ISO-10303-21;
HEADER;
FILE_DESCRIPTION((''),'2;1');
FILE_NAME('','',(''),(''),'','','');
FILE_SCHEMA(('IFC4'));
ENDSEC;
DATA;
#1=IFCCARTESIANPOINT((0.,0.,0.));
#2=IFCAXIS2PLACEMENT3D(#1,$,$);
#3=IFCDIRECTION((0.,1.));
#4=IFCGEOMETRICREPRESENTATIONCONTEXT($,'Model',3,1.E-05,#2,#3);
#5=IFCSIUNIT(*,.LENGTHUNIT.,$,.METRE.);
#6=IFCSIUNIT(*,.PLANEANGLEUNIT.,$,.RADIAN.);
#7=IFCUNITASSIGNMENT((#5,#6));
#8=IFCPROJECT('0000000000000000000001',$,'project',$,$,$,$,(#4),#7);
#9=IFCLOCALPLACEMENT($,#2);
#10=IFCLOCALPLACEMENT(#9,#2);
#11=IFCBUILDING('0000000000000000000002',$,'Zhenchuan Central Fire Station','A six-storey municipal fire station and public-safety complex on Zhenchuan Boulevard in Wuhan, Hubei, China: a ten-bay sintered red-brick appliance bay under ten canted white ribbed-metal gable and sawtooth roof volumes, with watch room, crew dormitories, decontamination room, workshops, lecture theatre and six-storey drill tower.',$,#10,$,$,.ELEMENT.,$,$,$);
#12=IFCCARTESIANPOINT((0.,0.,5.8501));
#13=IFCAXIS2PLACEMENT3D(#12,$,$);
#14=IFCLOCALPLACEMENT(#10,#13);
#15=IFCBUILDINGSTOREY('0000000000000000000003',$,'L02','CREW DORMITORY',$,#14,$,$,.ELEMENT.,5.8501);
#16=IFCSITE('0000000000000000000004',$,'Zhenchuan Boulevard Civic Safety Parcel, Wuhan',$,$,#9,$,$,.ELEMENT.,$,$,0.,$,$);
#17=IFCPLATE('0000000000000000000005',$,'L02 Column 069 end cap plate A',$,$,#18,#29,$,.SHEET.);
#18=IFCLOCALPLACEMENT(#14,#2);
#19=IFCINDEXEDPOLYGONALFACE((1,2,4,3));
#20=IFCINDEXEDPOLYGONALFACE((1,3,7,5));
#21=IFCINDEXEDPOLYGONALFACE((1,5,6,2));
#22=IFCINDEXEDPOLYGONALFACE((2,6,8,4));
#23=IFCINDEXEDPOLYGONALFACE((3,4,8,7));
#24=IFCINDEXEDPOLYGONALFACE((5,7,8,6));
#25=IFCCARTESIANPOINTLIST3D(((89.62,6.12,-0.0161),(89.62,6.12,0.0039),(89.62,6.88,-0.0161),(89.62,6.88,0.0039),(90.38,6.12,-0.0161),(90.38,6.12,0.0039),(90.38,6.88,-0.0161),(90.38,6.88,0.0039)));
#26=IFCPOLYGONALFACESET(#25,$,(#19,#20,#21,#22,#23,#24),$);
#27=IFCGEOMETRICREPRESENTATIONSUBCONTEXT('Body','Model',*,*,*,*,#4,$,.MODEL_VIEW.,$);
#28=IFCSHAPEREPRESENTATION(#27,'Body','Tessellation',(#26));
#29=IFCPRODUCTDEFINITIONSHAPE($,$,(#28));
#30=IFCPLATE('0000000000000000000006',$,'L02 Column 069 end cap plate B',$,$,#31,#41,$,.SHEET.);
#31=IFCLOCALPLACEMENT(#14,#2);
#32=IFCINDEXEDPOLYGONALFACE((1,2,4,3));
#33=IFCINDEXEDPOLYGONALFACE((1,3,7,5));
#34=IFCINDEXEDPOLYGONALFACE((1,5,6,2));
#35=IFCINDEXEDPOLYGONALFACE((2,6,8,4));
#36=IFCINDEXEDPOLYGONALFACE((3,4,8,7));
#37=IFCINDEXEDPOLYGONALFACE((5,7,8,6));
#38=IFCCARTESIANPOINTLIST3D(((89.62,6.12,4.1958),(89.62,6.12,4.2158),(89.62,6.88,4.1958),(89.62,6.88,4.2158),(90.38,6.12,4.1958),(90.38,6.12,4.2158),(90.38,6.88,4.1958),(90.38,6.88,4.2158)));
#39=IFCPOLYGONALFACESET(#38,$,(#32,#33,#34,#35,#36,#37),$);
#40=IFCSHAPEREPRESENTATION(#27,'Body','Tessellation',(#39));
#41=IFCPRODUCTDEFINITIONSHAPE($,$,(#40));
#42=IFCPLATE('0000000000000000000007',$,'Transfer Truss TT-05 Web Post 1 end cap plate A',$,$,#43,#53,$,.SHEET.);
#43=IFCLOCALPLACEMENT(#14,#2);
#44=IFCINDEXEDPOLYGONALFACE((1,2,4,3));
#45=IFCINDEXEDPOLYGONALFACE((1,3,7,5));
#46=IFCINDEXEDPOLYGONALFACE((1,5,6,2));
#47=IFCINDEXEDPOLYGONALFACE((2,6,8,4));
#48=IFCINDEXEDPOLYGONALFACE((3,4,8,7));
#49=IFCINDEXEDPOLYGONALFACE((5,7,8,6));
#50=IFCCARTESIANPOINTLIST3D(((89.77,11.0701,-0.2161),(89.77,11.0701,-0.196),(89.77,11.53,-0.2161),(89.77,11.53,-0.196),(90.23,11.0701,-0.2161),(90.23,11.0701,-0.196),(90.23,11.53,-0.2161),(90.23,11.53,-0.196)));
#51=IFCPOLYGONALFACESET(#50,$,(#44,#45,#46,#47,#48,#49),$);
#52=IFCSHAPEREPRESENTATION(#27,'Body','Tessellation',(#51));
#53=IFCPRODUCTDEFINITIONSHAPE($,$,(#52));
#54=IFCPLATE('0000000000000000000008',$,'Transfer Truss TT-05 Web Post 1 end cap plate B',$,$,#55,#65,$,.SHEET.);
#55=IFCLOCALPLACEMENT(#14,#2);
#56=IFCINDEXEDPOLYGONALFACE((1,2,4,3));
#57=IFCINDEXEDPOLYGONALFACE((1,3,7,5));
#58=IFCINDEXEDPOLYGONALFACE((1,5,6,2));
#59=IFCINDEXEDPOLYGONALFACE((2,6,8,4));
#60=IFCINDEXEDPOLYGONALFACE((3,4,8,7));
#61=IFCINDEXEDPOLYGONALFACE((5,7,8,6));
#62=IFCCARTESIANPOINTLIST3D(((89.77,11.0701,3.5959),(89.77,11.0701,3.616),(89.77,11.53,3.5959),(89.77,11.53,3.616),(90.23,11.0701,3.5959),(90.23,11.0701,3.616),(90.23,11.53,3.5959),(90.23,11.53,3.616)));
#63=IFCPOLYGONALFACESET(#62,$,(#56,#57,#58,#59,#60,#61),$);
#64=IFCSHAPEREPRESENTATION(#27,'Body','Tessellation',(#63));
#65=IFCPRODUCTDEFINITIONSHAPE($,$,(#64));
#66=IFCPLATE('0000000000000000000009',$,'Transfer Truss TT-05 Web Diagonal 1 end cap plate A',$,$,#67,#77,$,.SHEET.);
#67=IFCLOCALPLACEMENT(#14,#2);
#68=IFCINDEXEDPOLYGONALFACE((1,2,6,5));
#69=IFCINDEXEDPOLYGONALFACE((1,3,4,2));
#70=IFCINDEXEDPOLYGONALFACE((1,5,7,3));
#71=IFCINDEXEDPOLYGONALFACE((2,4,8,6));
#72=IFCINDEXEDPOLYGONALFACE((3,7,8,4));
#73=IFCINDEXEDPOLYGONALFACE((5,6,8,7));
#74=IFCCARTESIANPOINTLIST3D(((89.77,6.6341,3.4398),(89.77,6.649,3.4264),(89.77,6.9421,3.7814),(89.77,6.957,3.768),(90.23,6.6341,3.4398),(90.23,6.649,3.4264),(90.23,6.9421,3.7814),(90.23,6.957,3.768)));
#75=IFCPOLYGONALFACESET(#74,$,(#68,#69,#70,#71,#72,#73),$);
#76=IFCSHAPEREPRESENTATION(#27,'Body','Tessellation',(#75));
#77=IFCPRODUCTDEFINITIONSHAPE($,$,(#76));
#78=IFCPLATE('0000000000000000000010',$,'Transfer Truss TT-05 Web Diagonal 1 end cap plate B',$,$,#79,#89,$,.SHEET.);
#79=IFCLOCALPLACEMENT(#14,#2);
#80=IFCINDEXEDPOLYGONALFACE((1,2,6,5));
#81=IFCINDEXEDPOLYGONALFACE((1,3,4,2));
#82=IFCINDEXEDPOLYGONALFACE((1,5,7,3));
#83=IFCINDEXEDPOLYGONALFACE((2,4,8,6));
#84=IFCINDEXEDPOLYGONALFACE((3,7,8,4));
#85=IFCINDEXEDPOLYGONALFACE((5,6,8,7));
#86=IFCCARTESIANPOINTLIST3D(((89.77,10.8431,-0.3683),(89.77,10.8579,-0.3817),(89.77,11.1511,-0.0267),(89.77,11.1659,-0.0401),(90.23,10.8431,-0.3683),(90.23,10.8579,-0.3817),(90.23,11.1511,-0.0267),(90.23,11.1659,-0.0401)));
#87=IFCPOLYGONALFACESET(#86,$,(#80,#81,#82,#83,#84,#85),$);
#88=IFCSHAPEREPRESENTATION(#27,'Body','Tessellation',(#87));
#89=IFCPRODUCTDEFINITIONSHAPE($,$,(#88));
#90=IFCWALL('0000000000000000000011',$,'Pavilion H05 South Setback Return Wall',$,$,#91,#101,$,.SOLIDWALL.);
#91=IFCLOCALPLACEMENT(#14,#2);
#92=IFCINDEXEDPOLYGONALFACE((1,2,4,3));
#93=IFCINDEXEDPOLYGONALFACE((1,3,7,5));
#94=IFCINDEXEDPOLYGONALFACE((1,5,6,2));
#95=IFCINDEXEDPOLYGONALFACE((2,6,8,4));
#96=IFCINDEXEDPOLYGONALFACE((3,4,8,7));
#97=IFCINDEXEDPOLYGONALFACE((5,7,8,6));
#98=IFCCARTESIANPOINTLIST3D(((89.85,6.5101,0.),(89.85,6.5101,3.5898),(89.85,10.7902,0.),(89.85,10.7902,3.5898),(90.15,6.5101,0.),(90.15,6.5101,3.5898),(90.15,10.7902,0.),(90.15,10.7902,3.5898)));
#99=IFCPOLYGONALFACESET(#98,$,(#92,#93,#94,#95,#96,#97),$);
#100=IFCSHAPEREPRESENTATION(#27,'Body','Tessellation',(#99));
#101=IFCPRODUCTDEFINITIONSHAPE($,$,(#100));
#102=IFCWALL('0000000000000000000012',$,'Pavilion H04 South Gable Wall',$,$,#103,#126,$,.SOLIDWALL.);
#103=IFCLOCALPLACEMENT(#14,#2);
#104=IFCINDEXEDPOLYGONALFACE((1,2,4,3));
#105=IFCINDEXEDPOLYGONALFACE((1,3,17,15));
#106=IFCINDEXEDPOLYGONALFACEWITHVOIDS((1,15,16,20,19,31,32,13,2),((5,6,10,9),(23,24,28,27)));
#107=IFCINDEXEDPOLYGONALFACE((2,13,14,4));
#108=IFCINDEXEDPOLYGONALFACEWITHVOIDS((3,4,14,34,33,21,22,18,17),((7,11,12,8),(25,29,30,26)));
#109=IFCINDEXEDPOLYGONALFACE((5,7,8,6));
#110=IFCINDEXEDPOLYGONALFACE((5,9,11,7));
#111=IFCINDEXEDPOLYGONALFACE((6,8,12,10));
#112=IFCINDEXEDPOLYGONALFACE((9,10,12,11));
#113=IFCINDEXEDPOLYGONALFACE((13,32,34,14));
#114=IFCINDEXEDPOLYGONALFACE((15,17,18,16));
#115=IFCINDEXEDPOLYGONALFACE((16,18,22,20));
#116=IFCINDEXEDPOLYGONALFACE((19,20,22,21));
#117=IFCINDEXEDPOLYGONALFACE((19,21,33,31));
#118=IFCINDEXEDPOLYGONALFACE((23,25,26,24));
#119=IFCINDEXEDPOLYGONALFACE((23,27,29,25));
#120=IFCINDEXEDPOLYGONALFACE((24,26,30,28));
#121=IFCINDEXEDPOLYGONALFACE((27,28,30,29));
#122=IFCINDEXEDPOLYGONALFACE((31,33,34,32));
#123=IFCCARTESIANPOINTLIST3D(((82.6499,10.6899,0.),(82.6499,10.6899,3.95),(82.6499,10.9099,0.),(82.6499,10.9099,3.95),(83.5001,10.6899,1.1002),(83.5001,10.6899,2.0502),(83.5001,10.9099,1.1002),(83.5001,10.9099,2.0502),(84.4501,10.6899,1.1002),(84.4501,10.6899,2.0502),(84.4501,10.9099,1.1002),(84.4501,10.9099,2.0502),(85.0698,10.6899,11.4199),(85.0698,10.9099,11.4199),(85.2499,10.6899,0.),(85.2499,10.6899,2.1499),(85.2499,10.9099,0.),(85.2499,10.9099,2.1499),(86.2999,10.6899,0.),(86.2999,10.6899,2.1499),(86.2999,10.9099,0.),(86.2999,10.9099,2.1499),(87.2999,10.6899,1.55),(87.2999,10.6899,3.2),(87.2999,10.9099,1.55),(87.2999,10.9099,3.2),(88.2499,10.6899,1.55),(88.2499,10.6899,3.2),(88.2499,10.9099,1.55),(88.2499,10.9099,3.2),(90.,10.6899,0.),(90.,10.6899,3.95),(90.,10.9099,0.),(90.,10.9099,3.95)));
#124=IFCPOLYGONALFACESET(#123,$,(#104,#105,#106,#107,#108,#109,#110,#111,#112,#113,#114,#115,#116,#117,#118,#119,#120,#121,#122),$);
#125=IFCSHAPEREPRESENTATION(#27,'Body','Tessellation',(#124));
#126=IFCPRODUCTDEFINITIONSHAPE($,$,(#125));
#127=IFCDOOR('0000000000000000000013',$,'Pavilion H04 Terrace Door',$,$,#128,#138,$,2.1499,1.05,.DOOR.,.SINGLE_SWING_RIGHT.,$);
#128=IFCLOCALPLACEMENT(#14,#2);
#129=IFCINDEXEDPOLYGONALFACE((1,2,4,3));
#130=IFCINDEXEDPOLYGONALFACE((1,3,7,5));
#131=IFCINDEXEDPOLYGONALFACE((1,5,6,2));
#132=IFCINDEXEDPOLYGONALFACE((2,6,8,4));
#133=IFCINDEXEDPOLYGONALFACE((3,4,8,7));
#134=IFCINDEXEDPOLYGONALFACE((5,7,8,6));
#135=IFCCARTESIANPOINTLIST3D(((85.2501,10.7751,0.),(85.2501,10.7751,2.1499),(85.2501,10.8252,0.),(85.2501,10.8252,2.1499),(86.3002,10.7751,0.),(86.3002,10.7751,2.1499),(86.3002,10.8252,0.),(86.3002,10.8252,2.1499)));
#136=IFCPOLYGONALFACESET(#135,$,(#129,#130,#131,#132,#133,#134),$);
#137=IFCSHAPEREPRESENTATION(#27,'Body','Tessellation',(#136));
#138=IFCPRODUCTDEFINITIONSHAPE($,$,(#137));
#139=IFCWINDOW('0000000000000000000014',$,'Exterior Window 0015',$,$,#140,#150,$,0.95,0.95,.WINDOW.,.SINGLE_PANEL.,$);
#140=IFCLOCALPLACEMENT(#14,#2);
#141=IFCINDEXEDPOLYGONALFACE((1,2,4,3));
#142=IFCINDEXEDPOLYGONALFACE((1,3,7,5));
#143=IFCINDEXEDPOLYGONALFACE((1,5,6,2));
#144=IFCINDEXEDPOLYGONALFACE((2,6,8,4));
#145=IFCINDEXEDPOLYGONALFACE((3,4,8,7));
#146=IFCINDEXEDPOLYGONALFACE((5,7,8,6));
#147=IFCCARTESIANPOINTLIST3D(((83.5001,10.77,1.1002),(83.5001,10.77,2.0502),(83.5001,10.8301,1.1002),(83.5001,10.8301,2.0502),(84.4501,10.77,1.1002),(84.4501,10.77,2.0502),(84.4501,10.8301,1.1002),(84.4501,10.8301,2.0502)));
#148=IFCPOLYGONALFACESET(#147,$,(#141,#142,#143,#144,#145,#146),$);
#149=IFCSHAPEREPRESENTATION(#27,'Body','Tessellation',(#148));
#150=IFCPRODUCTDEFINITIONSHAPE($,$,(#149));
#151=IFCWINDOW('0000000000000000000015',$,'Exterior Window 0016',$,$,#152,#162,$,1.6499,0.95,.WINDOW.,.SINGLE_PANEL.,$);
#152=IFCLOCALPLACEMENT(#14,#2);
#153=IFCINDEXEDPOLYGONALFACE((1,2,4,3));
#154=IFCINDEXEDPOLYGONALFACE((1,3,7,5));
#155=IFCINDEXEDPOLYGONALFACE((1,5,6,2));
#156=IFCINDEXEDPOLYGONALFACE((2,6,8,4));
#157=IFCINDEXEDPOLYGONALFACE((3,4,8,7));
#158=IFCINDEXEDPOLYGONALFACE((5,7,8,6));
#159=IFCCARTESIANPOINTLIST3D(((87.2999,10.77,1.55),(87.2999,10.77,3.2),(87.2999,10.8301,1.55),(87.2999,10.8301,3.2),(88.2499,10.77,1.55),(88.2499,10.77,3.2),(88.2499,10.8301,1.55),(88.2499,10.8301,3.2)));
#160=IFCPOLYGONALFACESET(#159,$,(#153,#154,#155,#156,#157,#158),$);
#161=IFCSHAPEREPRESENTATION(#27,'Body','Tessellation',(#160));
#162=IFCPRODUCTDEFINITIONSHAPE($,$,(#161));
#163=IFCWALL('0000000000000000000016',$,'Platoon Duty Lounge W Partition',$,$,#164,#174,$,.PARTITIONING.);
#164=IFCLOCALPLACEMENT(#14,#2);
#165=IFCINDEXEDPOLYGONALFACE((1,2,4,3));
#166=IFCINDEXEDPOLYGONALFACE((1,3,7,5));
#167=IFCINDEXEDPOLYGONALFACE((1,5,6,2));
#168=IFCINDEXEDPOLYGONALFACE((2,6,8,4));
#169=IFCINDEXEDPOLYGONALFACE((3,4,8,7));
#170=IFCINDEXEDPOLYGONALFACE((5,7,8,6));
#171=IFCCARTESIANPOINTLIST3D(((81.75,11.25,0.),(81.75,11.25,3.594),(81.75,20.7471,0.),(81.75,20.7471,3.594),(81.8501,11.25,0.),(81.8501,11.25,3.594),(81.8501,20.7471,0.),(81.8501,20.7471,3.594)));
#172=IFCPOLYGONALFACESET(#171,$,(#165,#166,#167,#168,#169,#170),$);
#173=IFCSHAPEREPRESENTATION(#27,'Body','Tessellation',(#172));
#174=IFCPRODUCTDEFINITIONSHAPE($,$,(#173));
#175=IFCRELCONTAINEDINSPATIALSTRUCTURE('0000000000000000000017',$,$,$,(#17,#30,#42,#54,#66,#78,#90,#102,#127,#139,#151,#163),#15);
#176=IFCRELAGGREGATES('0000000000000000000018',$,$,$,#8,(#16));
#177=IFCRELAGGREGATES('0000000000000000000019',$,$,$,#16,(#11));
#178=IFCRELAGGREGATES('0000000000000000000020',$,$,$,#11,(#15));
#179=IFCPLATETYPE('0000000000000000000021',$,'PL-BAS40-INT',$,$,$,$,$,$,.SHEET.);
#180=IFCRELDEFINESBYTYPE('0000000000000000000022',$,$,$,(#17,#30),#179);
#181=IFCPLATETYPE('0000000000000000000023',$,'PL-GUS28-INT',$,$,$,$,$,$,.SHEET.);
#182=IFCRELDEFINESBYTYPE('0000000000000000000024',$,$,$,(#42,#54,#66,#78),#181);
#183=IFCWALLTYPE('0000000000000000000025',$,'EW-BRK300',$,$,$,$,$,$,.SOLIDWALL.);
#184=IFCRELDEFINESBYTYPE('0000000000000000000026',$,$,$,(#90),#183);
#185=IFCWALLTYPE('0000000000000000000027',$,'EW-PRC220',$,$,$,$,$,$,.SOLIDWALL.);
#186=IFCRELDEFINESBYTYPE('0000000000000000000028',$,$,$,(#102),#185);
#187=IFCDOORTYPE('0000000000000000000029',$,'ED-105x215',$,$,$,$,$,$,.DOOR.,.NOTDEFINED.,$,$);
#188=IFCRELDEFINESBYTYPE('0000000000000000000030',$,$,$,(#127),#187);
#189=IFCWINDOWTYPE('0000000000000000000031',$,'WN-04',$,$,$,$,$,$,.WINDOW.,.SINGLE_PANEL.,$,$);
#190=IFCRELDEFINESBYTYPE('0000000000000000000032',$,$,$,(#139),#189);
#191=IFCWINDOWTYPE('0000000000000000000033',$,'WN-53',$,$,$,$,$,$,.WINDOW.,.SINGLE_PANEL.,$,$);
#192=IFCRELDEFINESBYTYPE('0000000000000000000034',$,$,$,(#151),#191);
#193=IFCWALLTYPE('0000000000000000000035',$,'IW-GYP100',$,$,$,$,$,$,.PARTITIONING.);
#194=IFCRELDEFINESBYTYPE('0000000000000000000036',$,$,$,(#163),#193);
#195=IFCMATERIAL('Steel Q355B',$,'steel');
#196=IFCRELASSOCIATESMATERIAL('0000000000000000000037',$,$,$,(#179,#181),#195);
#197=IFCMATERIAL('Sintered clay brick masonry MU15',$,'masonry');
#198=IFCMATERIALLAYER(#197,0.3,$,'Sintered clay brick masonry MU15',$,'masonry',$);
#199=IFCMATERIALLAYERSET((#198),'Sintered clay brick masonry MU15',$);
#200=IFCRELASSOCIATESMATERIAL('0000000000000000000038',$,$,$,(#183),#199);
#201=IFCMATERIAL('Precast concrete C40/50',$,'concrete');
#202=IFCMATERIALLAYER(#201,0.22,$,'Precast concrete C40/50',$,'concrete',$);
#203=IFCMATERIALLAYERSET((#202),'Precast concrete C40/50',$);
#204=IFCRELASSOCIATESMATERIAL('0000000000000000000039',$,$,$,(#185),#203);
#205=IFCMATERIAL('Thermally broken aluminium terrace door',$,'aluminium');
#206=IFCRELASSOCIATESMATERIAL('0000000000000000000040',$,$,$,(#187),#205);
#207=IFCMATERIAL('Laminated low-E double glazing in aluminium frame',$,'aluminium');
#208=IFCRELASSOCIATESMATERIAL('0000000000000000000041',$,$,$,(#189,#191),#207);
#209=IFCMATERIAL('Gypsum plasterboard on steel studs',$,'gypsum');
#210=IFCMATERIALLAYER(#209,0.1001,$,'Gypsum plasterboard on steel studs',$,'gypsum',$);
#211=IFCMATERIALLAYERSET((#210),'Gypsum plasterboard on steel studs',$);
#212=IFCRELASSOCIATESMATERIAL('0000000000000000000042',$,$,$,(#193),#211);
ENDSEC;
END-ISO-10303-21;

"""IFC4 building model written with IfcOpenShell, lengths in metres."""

from ifc_helpers import new_model, si_unit, direction, frame, frame_2d, origin, origin_2d, place, context, subcontext, project, spatial, polyline, rectangle, outline, extrude, material, layer, layer_set, material_profile, profile_set, type_object, element, fill, save


model = new_model("IFC4")

# Units and contexts
model_context = context("Model", 3, precision=1e-05, world=origin(), true_north=direction((0.0, 1.0)))
body_context = subcontext(model_context, "Body", "Model", "MODEL_VIEW")
ifc_project = project(units=[si_unit("LENGTHUNIT", "METRE"), si_unit("PLANEANGLEUNIT", "RADIAN")], contexts=[model_context])

# Site, building, storey
site_placement = place(None, origin())
site = spatial("IfcSite", under=ifc_project, at=site_placement, Name="Zhenchuan Boulevard Civic Safety Parcel, Wuhan", CompositionType="ELEMENT", RefElevation=0.0)
building_placement = place(site_placement, origin())
building = spatial("IfcBuilding", under=site, at=building_placement, Name="Zhenchuan Central Fire Station", Description="A six-storey municipal fire station and public-safety complex on Zhenchuan Boulevard in Wuhan, Hubei, China: a ten-bay sintered red-brick appliance bay under ten canted white ribbed-metal gable and sawtooth roof volumes, with watch room, crew dormitories, decontamination room, workshops, lecture theatre and six-storey drill tower.", CompositionType="ELEMENT")
storey_placement = place(building_placement, frame((0.0, 0.0, 5.8501)))
storey = spatial("IfcBuildingStorey", under=building, at=storey_placement, Name="L02", Description="CREW DORMITORY", CompositionType="ELEMENT", Elevation=5.8501)

# Shared definitions
ifc_material_1 = material(Name="Steel Q355B", Category="steel")

# Plates
ifc_material_profile_1 = material_profile(ifc_material_1, rectangle(XDim=0.76, YDim=0.76, at=origin_2d()), Name="PL 760x760x40")
ifc_profile_set_1 = profile_set([ifc_material_profile_1], Name="Steel Q355B")
plate_type_1 = type_object("IfcPlateType", Name="PL-BAS40-INT", PredefinedType="SHEET", material=ifc_profile_set_1)
for number, where, z_axis, x_axis, name in (
    (1, (90.0, 6.5, -0.0161), (0.0, 0.0, 1.0), (1.0, 0.0, 0.0), "L02 Column 069 end cap plate A"),
    (2, (90.0, 6.5, 4.1958), (0.0, 0.0, 1.0), (1.0, 0.0, 0.0), "L02 Column 069 end cap plate B"),
):
    element("IfcPlate", number, at=place(storey_placement, frame(where, z_axis=z_axis, x_axis=x_axis)), inside=storey, type_object=plate_type_1, Name=name, PredefinedType="SHEET", context=body_context, shape_type="SweptSolid", body=[
        extrude(rectangle(XDim=0.76, YDim=0.76, at=origin_2d()), origin(), (0.0, 0.0, 1.0), 0.02),
    ])
ifc_material_profile_2 = material_profile(ifc_material_1, rectangle(XDim=0.46, YDim=0.46, at=origin_2d()), Name="PL 460x460x28")
ifc_profile_set_2 = profile_set([ifc_material_profile_2], Name="Steel Q355B")
plate_type_2 = type_object("IfcPlateType", Name="PL-GUS28-INT", PredefinedType="SHEET", material=ifc_profile_set_2)
for number, where, z_axis, x_axis, name in (
    (3, (90.0, 11.3, -0.2161), (0.0, 0.0, 1.0), (1.0, 0.0, 0.0), "Transfer Truss TT-05 Web Post 1 end cap plate A"),
    (4, (90.0, 11.3, 3.5959), (0.0, 0.0, 1.0), (1.0, 0.0, 0.0), "Transfer Truss TT-05 Web Post 1 end cap plate B"),
    (5, (90.0, 6.7881, 3.6106), (0.0, 0.742688, -0.669637), (-1.0, 0.0, 0.0), "Transfer Truss TT-05 Web Diagonal 1 end cap plate A"),
    (6, (90.0, 10.9971, -0.1975), (0.0, 0.742688, -0.669637), (-1.0, 0.0, 0.0), "Transfer Truss TT-05 Web Diagonal 1 end cap plate B"),
):
    element("IfcPlate", number, at=place(storey_placement, frame(where, z_axis=z_axis, x_axis=x_axis)), inside=storey, type_object=plate_type_2, Name=name, PredefinedType="SHEET", context=body_context, shape_type="SweptSolid", body=[
        extrude(rectangle(XDim=0.46, YDim=0.46, at=origin_2d()), origin(), (0.0, 0.0, 1.0), 0.02),
    ])

# Wall
ifc_material_2 = material(Name="Sintered clay brick masonry MU15", Category="masonry")
ifc_layer_1 = layer(ifc_material_2, 0.3, Name="Sintered clay brick masonry MU15", Category="masonry")
ifc_layer_set_1 = layer_set([ifc_layer_1], Name="Sintered clay brick masonry MU15")
wall_type_1 = type_object("IfcWallType", Name="EW-BRK300", PredefinedType="SOLIDWALL", material=ifc_layer_set_1)
wall_1_placement = place(storey_placement, frame((90.0, 6.51, 0.0), z_axis=(0.0, 0.0, 1.0), x_axis=(0.0, 1.0, 0.0)))
element("IfcWall", 7, at=wall_1_placement, inside=storey, type_object=wall_type_1, Name="Pavilion H05 South Setback Return Wall", PredefinedType="SOLIDWALL", context=body_context, shape_type="SweptSolid", body=[
    extrude(rectangle(XDim=4.28, YDim=0.3, at=frame_2d((2.1401, 0.0))), origin(), (0.0, 0.0, 1.0), 3.5898),
])

# Wall, openings, door, windows
ifc_material_3 = material(Name="Precast concrete C40/50", Category="concrete")
ifc_layer_2 = layer(ifc_material_3, 0.22, Name="Precast concrete C40/50", Category="concrete")
ifc_layer_set_2 = layer_set([ifc_layer_2], Name="Precast concrete C40/50")
wall_type_2 = type_object("IfcWallType", Name="EW-PRC220", PredefinedType="SOLIDWALL", material=ifc_layer_set_2)
wall_2_placement = place(storey_placement, frame((82.6499, 10.8, 0.0), z_axis=(0.0, 0.0, 1.0), x_axis=(1.0, 0.0, 0.0)))
wall_2 = element("IfcWall", 8, at=wall_2_placement, inside=storey, type_object=wall_type_2, Name="Pavilion H04 South Gable Wall", PredefinedType="SOLIDWALL", context=body_context, shape_type="SweptSolid", body=[
    extrude(outline(polyline([(0.0, 0.0), (7.3501, 0.0), (7.3501, 3.95), (2.4199, 11.4199), (0.0, 3.95), (0.0, 0.0)])), frame((0.0, 0.1099, 0.0), z_axis=(0.0, -1.0, 0.0), x_axis=(1.0, 0.0, 0.0)), (0.0, 0.0, 1.0), 0.22),
])
opening_1_placement = place(wall_2_placement, frame((2.6001, 0.0, 0.0)))
opening_1 = element("IfcOpeningElement", 9, at=opening_1_placement, cuts=wall_2, PredefinedType="OPENING", context=body_context, shape_type="SweptSolid", body=[
    extrude(rectangle(XDim=1.05, YDim=2.1499, at=frame_2d((0.5249, 1.075))), frame((0.0, 0.1199, 0.0), z_axis=(0.0, -1.0, 0.0), x_axis=(1.0, 0.0, 0.0)), (0.0, 0.0, 1.0), 0.24),
])
opening_2_placement = place(wall_2_placement, frame((0.8501, 0.0, 1.1001)))
opening_2 = element("IfcOpeningElement", 10, at=opening_2_placement, cuts=wall_2, PredefinedType="OPENING", context=body_context, shape_type="SweptSolid", body=[
    extrude(rectangle(XDim=0.95, YDim=0.95, at=frame_2d((0.4751, 0.4751))), frame((0.0, 0.1199, 0.0), z_axis=(0.0, -1.0, 0.0), x_axis=(1.0, 0.0, 0.0)), (0.0, 0.0, 1.0), 0.24),
])
opening_3_placement = place(wall_2_placement, frame((4.6499, 0.0, 1.55)))
opening_3 = element("IfcOpeningElement", 11, at=opening_3_placement, cuts=wall_2, PredefinedType="OPENING", context=body_context, shape_type="SweptSolid", body=[
    extrude(rectangle(XDim=0.95, YDim=1.6499, at=frame_2d((0.4751, 0.825))), frame((0.0, 0.1199, 0.0), z_axis=(0.0, -1.0, 0.0), x_axis=(1.0, 0.0, 0.0)), (0.0, 0.0, 1.0), 0.24),
])
ifc_material_4 = material(Name="Thermally broken aluminium terrace door", Category="aluminium")
door_type = type_object("IfcDoorType", Name="ED-105x215", OperationType="NOTDEFINED", PredefinedType="DOOR", material=ifc_material_4)
door_placement = place(opening_1_placement, frame((1.05, 0.0, 0.0), z_axis=(0.0, 0.0, 1.0), x_axis=(-1.0, 0.0, 0.0)))
door = element("IfcDoor", 12, at=door_placement, inside=storey, type_object=door_type, Name="Pavilion H04 Terrace Door", OperationType="SINGLE_SWING_RIGHT", OverallHeight=2.1499, OverallWidth=1.05, PredefinedType="DOOR", context=body_context, shape_type="SweptSolid", body=[
    extrude(rectangle(XDim=1.05, YDim=2.1499, at=frame_2d((0.5249, 1.075))), frame((0.0, 0.0249, 0.0), z_axis=(0.0, -1.0, 0.0), x_axis=(1.0, 0.0, 0.0)), (0.0, 0.0, 1.0), 0.05),
])
fill(opening_1, door)
ifc_material_5 = material(Name="Laminated low-E double glazing in aluminium frame", Category="aluminium")
window_type_1 = type_object("IfcWindowType", Name="WN-04", PartitioningType="SINGLE_PANEL", PredefinedType="WINDOW", material=ifc_material_5)
window_1_placement = place(opening_2_placement, origin())
window_1 = element("IfcWindow", 13, at=window_1_placement, inside=storey, type_object=window_type_1, Name="Exterior Window 0015", OverallHeight=0.95, OverallWidth=0.95, PartitioningType="SINGLE_PANEL", PredefinedType="WINDOW", context=body_context, shape_type="SweptSolid", body=[
    extrude(rectangle(XDim=0.95, YDim=0.95, at=frame_2d((0.4751, 0.4751))), frame((0.0, 0.03, 0.0), z_axis=(0.0, -1.0, 0.0), x_axis=(1.0, 0.0, 0.0)), (0.0, 0.0, 1.0), 0.0601),
])
fill(opening_2, window_1)
window_type_2 = type_object("IfcWindowType", Name="WN-53", PartitioningType="SINGLE_PANEL", PredefinedType="WINDOW", material=ifc_material_5)
window_2_placement = place(opening_3_placement, origin())
window_2 = element("IfcWindow", 14, at=window_2_placement, inside=storey, type_object=window_type_2, Name="Exterior Window 0016", OverallHeight=1.6499, OverallWidth=0.95, PartitioningType="SINGLE_PANEL", PredefinedType="WINDOW", context=body_context, shape_type="SweptSolid", body=[
    extrude(rectangle(XDim=0.95, YDim=1.6499, at=frame_2d((0.4751, 0.825))), frame((0.0, 0.03, 0.0), z_axis=(0.0, -1.0, 0.0), x_axis=(1.0, 0.0, 0.0)), (0.0, 0.0, 1.0), 0.0601),
])
fill(opening_3, window_2)

# Wall
ifc_material_6 = material(Name="Gypsum plasterboard on steel studs", Category="gypsum")
ifc_layer_3 = layer(ifc_material_6, 0.1001, Name="Gypsum plasterboard on steel studs", Category="gypsum")
ifc_layer_set_3 = layer_set([ifc_layer_3], Name="Gypsum plasterboard on steel studs")
wall_type_3 = type_object("IfcWallType", Name="IW-GYP100", PredefinedType="PARTITIONING", material=ifc_layer_set_3)
wall_3_placement = place(storey_placement, frame((81.8, 11.25, 0.0), z_axis=(0.0, 0.0, 1.0), x_axis=(0.0, 1.0, 0.0)))
element("IfcWall", 15, at=wall_3_placement, inside=storey, type_object=wall_type_3, Name="Platoon Duty Lounge W Partition", PredefinedType="PARTITIONING", context=body_context, shape_type="SweptSolid", body=[
    extrude(rectangle(XDim=9.4971, YDim=0.1001, at=frame_2d((4.7485, 0.0))), origin(), (0.0, 0.0, 1.0), 3.594),
])

save(model, "model.ifc")
